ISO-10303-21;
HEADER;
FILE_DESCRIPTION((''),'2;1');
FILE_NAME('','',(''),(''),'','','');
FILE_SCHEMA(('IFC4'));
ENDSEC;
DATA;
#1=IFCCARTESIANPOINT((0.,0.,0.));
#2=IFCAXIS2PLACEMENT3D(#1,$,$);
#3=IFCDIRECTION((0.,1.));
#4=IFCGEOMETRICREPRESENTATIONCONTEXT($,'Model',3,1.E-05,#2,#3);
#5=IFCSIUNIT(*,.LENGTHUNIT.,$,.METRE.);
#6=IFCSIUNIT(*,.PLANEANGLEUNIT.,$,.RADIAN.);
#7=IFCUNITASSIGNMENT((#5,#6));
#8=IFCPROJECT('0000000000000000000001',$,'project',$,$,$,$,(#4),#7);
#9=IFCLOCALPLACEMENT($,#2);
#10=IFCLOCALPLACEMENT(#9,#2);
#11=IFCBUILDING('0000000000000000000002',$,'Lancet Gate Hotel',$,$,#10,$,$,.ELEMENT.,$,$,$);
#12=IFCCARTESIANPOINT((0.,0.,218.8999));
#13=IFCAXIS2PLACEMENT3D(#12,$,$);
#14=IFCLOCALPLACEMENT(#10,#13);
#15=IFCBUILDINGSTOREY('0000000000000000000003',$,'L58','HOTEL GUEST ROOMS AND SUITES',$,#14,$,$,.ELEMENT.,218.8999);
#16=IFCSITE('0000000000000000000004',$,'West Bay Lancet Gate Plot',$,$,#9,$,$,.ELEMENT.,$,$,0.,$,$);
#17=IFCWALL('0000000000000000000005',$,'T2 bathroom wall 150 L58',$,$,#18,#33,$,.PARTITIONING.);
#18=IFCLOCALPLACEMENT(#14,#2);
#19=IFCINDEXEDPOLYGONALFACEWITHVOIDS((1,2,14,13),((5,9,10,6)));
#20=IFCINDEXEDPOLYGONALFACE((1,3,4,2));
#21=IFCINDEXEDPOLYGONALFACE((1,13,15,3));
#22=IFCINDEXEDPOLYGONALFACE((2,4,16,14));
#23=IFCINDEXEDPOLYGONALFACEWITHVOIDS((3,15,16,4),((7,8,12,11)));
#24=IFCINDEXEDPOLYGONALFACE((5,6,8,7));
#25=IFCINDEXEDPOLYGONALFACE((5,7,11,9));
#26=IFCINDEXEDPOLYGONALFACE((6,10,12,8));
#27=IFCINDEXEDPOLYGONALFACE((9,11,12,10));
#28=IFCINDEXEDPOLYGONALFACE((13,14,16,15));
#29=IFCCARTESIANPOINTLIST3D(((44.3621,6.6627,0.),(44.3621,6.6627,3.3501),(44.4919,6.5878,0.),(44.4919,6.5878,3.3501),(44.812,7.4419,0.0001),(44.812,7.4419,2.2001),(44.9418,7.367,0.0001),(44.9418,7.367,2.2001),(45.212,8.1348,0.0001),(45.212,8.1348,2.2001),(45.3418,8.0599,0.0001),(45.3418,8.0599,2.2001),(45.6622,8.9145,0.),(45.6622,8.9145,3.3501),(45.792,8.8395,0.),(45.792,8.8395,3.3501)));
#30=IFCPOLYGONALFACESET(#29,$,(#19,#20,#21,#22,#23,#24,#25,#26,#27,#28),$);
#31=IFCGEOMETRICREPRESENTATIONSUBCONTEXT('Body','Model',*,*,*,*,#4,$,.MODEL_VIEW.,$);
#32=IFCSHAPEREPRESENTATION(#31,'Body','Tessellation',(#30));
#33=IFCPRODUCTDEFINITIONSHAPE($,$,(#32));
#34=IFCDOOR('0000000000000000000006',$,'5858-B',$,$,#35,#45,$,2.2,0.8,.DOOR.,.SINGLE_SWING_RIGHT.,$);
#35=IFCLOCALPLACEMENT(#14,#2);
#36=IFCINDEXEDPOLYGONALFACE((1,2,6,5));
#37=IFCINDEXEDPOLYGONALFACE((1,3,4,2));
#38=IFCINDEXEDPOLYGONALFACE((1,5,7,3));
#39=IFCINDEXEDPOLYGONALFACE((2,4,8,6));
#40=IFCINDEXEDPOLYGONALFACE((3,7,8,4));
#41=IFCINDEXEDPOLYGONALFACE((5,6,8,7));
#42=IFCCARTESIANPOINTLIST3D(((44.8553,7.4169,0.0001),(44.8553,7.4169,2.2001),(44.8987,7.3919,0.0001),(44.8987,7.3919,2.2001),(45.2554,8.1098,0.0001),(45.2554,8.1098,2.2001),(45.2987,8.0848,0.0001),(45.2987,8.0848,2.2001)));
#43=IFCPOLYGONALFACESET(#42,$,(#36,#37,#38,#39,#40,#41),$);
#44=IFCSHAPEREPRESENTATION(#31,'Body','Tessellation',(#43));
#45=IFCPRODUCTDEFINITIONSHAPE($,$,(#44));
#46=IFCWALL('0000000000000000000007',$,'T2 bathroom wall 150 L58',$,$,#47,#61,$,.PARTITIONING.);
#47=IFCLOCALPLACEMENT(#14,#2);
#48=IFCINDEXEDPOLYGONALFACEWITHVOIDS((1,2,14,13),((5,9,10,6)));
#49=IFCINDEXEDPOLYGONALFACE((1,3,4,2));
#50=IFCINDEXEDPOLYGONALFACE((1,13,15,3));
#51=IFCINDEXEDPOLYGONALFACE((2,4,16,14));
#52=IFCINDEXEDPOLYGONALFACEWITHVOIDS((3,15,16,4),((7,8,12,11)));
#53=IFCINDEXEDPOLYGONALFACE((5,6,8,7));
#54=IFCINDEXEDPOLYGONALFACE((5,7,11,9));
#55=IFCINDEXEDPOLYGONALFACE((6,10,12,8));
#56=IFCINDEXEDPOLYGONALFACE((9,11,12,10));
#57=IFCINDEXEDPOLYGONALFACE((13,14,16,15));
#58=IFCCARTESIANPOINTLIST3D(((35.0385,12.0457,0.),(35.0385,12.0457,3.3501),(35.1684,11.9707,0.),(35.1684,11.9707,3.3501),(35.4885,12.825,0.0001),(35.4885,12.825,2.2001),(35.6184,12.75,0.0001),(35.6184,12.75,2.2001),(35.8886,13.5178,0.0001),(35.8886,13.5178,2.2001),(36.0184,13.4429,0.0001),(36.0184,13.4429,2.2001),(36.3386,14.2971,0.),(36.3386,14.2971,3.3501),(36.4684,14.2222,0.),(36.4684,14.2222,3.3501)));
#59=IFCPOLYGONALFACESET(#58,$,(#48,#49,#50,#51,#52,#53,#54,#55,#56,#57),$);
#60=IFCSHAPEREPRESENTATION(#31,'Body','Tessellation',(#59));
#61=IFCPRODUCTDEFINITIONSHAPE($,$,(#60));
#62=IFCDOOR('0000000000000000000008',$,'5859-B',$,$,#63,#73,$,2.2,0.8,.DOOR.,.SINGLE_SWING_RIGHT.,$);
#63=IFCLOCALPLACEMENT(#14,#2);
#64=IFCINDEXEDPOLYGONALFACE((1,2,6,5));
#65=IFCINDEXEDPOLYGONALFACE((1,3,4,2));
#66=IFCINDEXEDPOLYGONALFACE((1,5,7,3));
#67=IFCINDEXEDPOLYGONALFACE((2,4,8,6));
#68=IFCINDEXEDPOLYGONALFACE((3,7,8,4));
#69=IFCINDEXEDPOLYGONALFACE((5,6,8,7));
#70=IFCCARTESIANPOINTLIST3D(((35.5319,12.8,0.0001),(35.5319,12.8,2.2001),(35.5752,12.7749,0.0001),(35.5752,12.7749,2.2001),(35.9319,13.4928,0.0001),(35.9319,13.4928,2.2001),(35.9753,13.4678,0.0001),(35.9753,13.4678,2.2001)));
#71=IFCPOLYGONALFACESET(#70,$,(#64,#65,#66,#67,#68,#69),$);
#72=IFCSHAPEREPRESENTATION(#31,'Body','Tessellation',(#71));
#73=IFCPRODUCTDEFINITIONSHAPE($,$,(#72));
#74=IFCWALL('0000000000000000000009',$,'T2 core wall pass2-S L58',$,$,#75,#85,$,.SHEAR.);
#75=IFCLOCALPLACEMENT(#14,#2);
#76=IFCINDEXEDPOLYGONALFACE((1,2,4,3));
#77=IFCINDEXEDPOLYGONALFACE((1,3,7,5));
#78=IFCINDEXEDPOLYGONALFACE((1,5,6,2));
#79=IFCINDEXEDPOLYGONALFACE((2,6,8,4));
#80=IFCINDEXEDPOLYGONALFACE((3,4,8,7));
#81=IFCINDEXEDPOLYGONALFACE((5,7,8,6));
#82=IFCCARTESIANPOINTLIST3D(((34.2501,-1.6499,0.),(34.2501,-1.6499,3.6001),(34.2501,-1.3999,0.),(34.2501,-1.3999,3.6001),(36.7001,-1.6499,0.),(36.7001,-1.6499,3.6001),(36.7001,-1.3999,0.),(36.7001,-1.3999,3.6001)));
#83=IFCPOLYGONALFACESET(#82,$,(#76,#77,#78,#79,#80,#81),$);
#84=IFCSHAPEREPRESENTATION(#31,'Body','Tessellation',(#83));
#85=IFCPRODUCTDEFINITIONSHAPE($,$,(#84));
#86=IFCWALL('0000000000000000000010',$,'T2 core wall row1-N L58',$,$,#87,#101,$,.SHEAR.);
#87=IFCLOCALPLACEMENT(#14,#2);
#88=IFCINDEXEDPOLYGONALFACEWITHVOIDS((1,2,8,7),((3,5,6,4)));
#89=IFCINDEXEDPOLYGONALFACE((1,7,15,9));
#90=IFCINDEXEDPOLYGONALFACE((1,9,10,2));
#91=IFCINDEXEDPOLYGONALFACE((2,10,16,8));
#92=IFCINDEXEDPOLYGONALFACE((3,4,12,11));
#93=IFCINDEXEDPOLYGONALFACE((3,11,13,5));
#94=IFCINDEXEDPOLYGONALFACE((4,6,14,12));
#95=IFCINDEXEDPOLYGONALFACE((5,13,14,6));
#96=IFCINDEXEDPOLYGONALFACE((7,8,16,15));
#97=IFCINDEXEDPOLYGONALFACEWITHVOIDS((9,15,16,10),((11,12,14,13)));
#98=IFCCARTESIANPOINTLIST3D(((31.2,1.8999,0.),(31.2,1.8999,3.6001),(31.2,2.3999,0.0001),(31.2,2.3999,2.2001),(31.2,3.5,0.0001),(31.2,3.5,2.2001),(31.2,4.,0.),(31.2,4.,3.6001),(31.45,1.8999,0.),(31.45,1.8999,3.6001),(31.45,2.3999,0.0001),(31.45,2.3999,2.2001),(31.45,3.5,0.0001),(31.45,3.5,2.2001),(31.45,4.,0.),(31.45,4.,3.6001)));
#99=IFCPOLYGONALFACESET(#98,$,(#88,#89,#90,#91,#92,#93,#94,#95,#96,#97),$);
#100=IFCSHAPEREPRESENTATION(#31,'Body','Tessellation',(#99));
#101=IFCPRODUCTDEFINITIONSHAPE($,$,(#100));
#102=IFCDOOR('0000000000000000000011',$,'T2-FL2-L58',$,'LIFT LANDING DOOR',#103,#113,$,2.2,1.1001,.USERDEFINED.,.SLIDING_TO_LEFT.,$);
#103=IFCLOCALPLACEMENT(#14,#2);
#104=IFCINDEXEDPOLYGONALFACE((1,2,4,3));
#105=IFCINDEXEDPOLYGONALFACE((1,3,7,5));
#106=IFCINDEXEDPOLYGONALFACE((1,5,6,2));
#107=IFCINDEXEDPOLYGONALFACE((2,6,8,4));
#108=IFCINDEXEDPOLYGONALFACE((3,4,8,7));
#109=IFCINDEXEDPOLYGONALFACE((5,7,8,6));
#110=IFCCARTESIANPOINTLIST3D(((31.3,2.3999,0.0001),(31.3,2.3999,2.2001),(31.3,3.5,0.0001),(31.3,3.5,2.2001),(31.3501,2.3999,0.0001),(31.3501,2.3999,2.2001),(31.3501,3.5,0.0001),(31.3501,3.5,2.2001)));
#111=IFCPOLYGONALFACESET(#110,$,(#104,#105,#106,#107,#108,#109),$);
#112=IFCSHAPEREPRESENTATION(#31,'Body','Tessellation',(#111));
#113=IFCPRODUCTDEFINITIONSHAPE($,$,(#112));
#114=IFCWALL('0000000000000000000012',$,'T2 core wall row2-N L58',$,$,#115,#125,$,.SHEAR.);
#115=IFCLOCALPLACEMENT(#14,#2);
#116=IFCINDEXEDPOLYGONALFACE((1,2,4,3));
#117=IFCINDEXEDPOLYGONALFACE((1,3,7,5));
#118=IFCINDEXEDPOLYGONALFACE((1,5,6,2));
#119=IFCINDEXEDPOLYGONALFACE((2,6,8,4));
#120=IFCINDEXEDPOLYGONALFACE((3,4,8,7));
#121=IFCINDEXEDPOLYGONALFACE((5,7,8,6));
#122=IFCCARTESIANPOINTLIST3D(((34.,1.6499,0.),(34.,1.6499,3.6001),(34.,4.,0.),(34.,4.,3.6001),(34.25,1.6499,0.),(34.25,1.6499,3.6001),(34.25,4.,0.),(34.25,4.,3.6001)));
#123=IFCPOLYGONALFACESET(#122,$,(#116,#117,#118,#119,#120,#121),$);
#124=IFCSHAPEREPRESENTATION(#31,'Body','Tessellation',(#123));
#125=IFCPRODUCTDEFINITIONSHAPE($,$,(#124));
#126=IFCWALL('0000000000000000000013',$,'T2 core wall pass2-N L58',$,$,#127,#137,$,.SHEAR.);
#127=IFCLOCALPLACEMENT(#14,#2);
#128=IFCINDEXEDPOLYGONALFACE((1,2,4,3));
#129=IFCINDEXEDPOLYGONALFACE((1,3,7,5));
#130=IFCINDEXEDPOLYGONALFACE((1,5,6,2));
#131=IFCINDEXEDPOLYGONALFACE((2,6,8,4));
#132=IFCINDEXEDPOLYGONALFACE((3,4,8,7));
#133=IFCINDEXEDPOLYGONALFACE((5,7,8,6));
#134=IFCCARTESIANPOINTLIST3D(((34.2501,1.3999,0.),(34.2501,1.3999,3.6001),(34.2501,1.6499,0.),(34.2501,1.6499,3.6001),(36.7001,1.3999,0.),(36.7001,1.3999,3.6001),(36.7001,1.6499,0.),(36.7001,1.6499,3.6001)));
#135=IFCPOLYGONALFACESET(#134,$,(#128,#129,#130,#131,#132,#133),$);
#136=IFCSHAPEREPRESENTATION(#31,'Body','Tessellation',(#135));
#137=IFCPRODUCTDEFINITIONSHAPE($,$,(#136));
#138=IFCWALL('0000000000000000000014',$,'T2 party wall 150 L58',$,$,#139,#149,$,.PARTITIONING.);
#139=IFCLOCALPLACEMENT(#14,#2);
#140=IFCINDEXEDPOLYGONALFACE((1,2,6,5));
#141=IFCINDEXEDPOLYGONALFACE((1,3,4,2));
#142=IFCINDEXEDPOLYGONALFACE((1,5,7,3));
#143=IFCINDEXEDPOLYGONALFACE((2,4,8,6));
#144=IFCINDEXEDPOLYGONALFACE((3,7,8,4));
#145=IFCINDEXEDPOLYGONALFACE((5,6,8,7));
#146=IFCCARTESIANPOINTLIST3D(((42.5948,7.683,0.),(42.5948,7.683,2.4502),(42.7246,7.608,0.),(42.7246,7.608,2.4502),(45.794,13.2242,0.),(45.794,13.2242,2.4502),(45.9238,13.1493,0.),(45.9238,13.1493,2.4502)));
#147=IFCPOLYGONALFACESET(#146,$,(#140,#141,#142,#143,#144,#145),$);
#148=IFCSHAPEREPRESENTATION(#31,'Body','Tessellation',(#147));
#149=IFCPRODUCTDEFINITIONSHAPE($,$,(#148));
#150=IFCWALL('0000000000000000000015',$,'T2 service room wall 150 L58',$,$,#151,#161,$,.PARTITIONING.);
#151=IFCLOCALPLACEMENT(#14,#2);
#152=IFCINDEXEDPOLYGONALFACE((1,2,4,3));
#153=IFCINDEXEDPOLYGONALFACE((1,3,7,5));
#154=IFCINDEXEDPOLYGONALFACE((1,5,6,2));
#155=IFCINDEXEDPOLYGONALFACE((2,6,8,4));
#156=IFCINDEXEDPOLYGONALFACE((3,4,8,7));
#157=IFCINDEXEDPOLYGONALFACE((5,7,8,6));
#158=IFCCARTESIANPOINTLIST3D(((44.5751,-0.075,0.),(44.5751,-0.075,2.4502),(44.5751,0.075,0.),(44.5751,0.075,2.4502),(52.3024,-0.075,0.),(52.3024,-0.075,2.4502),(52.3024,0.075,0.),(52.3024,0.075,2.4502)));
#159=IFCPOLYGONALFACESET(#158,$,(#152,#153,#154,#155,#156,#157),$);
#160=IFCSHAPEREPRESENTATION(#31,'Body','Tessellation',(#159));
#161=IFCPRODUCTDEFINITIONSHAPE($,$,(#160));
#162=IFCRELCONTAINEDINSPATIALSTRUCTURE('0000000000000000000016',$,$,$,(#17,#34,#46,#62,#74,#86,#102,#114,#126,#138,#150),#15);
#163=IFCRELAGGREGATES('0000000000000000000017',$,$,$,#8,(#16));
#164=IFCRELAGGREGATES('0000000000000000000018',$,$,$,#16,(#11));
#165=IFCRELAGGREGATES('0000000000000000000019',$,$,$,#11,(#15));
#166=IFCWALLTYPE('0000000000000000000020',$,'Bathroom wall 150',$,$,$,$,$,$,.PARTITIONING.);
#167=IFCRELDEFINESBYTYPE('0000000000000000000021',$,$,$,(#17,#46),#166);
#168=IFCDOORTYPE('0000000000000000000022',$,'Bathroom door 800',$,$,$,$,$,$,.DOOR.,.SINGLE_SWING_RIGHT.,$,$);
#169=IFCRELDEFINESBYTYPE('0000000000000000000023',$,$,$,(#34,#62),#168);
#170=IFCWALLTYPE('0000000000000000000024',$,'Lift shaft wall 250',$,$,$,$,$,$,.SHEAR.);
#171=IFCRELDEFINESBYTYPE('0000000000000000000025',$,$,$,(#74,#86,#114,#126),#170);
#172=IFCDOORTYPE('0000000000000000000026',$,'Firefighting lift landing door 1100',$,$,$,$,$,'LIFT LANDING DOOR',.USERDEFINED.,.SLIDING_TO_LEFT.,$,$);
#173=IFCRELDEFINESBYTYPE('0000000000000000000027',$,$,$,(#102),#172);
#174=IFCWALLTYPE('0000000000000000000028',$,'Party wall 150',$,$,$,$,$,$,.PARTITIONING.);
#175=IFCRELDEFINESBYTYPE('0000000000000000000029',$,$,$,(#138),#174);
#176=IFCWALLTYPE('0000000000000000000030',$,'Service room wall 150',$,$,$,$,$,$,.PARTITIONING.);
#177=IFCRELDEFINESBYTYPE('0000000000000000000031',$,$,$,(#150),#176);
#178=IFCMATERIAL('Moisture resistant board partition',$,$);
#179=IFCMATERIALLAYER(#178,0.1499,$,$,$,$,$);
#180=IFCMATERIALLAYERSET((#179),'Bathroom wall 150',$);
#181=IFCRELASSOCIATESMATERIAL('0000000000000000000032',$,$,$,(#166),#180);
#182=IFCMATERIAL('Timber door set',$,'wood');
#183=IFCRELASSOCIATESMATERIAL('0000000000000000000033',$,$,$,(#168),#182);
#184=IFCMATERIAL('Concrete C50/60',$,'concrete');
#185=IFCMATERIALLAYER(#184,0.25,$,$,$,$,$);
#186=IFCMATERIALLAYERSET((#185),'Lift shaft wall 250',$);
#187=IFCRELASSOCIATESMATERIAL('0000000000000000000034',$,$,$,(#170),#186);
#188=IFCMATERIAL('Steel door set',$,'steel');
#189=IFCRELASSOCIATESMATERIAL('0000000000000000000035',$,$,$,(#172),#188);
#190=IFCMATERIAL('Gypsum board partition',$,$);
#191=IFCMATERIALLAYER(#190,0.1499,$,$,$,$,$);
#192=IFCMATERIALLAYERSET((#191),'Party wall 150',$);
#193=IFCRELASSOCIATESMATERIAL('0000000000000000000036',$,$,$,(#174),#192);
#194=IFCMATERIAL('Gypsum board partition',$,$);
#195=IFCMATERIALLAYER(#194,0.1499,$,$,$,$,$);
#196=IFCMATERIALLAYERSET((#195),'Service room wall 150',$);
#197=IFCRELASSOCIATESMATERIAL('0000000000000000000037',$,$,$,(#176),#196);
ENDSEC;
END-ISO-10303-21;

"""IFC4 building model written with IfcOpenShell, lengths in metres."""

from ifc_helpers import new_model, si_unit, direction, frame, frame_2d, origin, place, context, subcontext, project, spatial, rectangle, extrude, material, layer, layer_set, type_object, element, fill, save


model = new_model("IFC4")

# Units and contexts
model_context = context("Model", 3, precision=1e-05, world=origin(), true_north=direction((0.0, 1.0)))
body_context = subcontext(model_context, "Body", "Model", "MODEL_VIEW")
ifc_project = project(units=[si_unit("LENGTHUNIT", "METRE"), si_unit("PLANEANGLEUNIT", "RADIAN")], contexts=[model_context])

# Site, building, storey
site_placement = place(None, origin())
site = spatial("IfcSite", under=ifc_project, at=site_placement, Name="West Bay Lancet Gate Plot", CompositionType="ELEMENT", RefElevation=0.0)
building_placement = place(site_placement, origin())
building = spatial("IfcBuilding", under=site, at=building_placement, Name="Lancet Gate Hotel", CompositionType="ELEMENT")
storey_placement = place(building_placement, frame((0.0, 0.0, 218.8999)))
storey = spatial("IfcBuildingStorey", under=building, at=storey_placement, Name="L58", Description="HOTEL GUEST ROOMS AND SUITES", CompositionType="ELEMENT", Elevation=218.8999)

# Shared definitions
ifc_material_1 = material(Name="Moisture resistant board partition")
ifc_layer_1 = layer(ifc_material_1, 0.1499)
ifc_layer_set_1 = layer_set([ifc_layer_1], Name="Bathroom wall 150")
wall_type_1 = type_object("IfcWallType", Name="Bathroom wall 150", PredefinedType="PARTITIONING", material=ifc_layer_set_1)

# Walls, openings, doors
wall_1_placement = place(storey_placement, frame((44.427, 6.6252, 0.0), z_axis=(0.0, 0.0, 1.0), x_axis=(0.500007, 0.866021, 0.0)))
wall_1 = element("IfcWall", 1, at=wall_1_placement, inside=storey, type_object=wall_type_1, Name="T2 bathroom wall 150 L58", PredefinedType="PARTITIONING", context=body_context, shape_type="SweptSolid", body=[
    extrude(rectangle(XDim=2.6001, YDim=0.1499, at=frame_2d((1.3, 0.0))), origin(), (0.0, 0.0, 1.0), 3.3501),
])
opening_1_placement = place(wall_1_placement, frame((0.8999, 0.0, 0.0)))
opening_1 = element("IfcOpeningElement", 2, at=opening_1_placement, cuts=wall_1, PredefinedType="OPENING", context=body_context, shape_type="SweptSolid", body=[
    extrude(rectangle(XDim=0.8, YDim=2.2, at=frame_2d((0.3999, 1.1001))), frame((0.0, 0.085, 0.0), z_axis=(0.0, -1.0, 0.0), x_axis=(1.0, 0.0, 0.0)), (0.0, 0.0, 1.0), 0.1699),
])
ifc_material_2 = material(Name="Timber door set", Category="wood")
door_type_1 = type_object("IfcDoorType", Name="Bathroom door 800", OperationType="SINGLE_SWING_RIGHT", PredefinedType="DOOR", material=ifc_material_2)
door_1_placement = place(opening_1_placement, origin())
door_1 = element("IfcDoor", 3, at=door_1_placement, inside=storey, type_object=door_type_1, Name="5858-B", OperationType="SINGLE_SWING_RIGHT", OverallHeight=2.2, OverallWidth=0.8, PredefinedType="DOOR", context=body_context, shape_type="SweptSolid", body=[
    extrude(rectangle(XDim=0.8, YDim=2.2, at=frame_2d((0.3999, 1.1001))), frame((0.0, 0.0249, 0.0), z_axis=(0.0, -1.0, 0.0), x_axis=(1.0, 0.0, 0.0)), (0.0, 0.0, 1.0), 0.05),
])
fill(opening_1, door_1)
wall_2_placement = place(storey_placement, frame((35.1035, 12.0083, 0.0), z_axis=(0.0, 0.0, 1.0), x_axis=(0.500048, 0.865998, 0.0)))
wall_2 = element("IfcWall", 4, at=wall_2_placement, inside=storey, type_object=wall_type_1, Name="T2 bathroom wall 150 L58", PredefinedType="PARTITIONING", context=body_context, shape_type="SweptSolid", body=[
    extrude(rectangle(XDim=2.5999, YDim=0.1499, at=frame_2d((1.2998, 0.0))), origin(), (0.0, 0.0, 1.0), 3.3501),
])
opening_2_placement = place(wall_2_placement, frame((0.8999, 0.0, 0.0)))
opening_2 = element("IfcOpeningElement", 5, at=opening_2_placement, cuts=wall_2, PredefinedType="OPENING", context=body_context, shape_type="SweptSolid", body=[
    extrude(rectangle(XDim=0.8, YDim=2.2, at=frame_2d((0.3999, 1.1001))), frame((0.0, 0.085, 0.0), z_axis=(0.0, -1.0, 0.0), x_axis=(1.0, 0.0, 0.0)), (0.0, 0.0, 1.0), 0.1699),
])
door_2_placement = place(opening_2_placement, origin())
door_2 = element("IfcDoor", 6, at=door_2_placement, inside=storey, type_object=door_type_1, Name="5859-B", OperationType="SINGLE_SWING_RIGHT", OverallHeight=2.2, OverallWidth=0.8, PredefinedType="DOOR", context=body_context, shape_type="SweptSolid", body=[
    extrude(rectangle(XDim=0.8, YDim=2.2, at=frame_2d((0.3999, 1.1001))), frame((0.0, 0.0249, 0.0), z_axis=(0.0, -1.0, 0.0), x_axis=(1.0, 0.0, 0.0)), (0.0, 0.0, 1.0), 0.05),
])
fill(opening_2, door_2)

# Wall
ifc_material_3 = material(Name="Concrete C50/60", Category="concrete")
ifc_layer_2 = layer(ifc_material_3, 0.25)
ifc_layer_set_2 = layer_set([ifc_layer_2], Name="Lift shaft wall 250")
wall_type_2 = type_object("IfcWallType", Name="Lift shaft wall 250", PredefinedType="SHEAR", material=ifc_layer_set_2)
wall_3_placement = place(storey_placement, frame((34.25, -1.5249, 0.0), z_axis=(0.0, 0.0, 1.0), x_axis=(1.0, 0.0, 0.0)))
element("IfcWall", 7, at=wall_3_placement, inside=storey, type_object=wall_type_2, Name="T2 core wall pass2-S L58", PredefinedType="SHEAR", context=body_context, shape_type="SweptSolid", body=[
    extrude(rectangle(XDim=2.45, YDim=0.25, at=frame_2d((1.2251, 0.0))), origin(), (0.0, 0.0, 1.0), 3.6001),
])

# Wall, opening, door
wall_4_placement = place(storey_placement, frame((31.325, 1.8999, 0.0), z_axis=(0.0, 0.0, 1.0), x_axis=(0.0, 1.0, 0.0)))
wall_4 = element("IfcWall", 8, at=wall_4_placement, inside=storey, type_object=wall_type_2, Name="T2 core wall row1-N L58", PredefinedType="SHEAR", context=body_context, shape_type="SweptSolid", body=[
    extrude(rectangle(XDim=2.1001, YDim=0.25, at=frame_2d((1.05, 0.0))), origin(), (0.0, 0.0, 1.0), 3.6001),
])
opening_3_placement = place(wall_4_placement, frame((0.5, 0.0, 0.0)))
opening_3 = element("IfcOpeningElement", 9, at=opening_3_placement, cuts=wall_4, PredefinedType="OPENING", context=body_context, shape_type="SweptSolid", body=[
    extrude(rectangle(XDim=1.1001, YDim=2.2, at=frame_2d((0.55, 1.1001))), frame((0.0, 0.135, 0.0), z_axis=(0.0, -1.0, 0.0), x_axis=(1.0, 0.0, 0.0)), (0.0, 0.0, 1.0), 0.27),
])
ifc_material_4 = material(Name="Steel door set", Category="steel")
door_type_2 = type_object("IfcDoorType", Name="Firefighting lift landing door 1100", ElementType="LIFT LANDING DOOR", OperationType="SLIDING_TO_LEFT", PredefinedType="USERDEFINED", material=ifc_material_4)
door_3_placement = place(opening_3_placement, origin())
door_3 = element("IfcDoor", 10, at=door_3_placement, inside=storey, type_object=door_type_2, Name="T2-FL2-L58", ObjectType="LIFT LANDING DOOR", OperationType="SLIDING_TO_LEFT", OverallHeight=2.2, OverallWidth=1.1001, PredefinedType="USERDEFINED", context=body_context, shape_type="SweptSolid", body=[
    extrude(rectangle(XDim=1.1001, YDim=2.2, at=frame_2d((0.55, 1.1001))), frame((0.0, 0.0249, 0.0), z_axis=(0.0, -1.0, 0.0), x_axis=(1.0, 0.0, 0.0)), (0.0, 0.0, 1.0), 0.05),
])
fill(opening_3, door_3)

# Walls
wall_5_placement = place(storey_placement, frame((34.125, 1.6499, 0.0), z_axis=(0.0, 0.0, 1.0), x_axis=(0.0, 1.0, 0.0)))
element("IfcWall", 11, at=wall_5_placement, inside=storey, type_object=wall_type_2, Name="T2 core wall row2-N L58", PredefinedType="SHEAR", context=body_context, shape_type="SweptSolid", body=[
    extrude(rectangle(XDim=2.3501, YDim=0.25, at=frame_2d((1.175, 0.0))), origin(), (0.0, 0.0, 1.0), 3.6001),
])
wall_6_placement = place(storey_placement, frame((34.25, 1.5249, 0.0), z_axis=(0.0, 0.0, 1.0), x_axis=(1.0, 0.0, 0.0)))
element("IfcWall", 12, at=wall_6_placement, inside=storey, type_object=wall_type_2, Name="T2 core wall pass2-N L58", PredefinedType="SHEAR", context=body_context, shape_type="SweptSolid", body=[
    extrude(rectangle(XDim=2.45, YDim=0.25, at=frame_2d((1.2251, 0.0))), origin(), (0.0, 0.0, 1.0), 3.6001),
])
ifc_material_5 = material(Name="Gypsum board partition")
ifc_layer_3 = layer(ifc_material_5, 0.1499)
ifc_layer_set_3 = layer_set([ifc_layer_3], Name="Party wall 150")
wall_type_3 = type_object("IfcWallType", Name="Party wall 150", PredefinedType="PARTITIONING", material=ifc_layer_set_3)
wall_7_placement = place(storey_placement, frame((42.6597, 7.6455, 0.0), z_axis=(0.0, 0.0, 1.0), x_axis=(0.499997, 0.866027, 0.0)))
element("IfcWall", 13, at=wall_7_placement, inside=storey, type_object=wall_type_3, Name="T2 party wall 150 L58", PredefinedType="PARTITIONING", context=body_context, shape_type="SweptSolid", body=[
    extrude(rectangle(XDim=6.3984, YDim=0.1499, at=frame_2d((3.1992, 0.0))), origin(), (0.0, 0.0, 1.0), 2.4502),
])
ifc_material_6 = material(Name="Gypsum board partition")
ifc_layer_4 = layer(ifc_material_6, 0.1499)
ifc_layer_set_4 = layer_set([ifc_layer_4], Name="Service room wall 150")
wall_type_4 = type_object("IfcWallType", Name="Service room wall 150", PredefinedType="PARTITIONING", material=ifc_layer_set_4)
wall_8_placement = place(storey_placement, frame((44.575, 0.0, 0.0), z_axis=(0.0, 0.0, 1.0), x_axis=(1.0, 0.0, 0.0)))
element("IfcWall", 14, at=wall_8_placement, inside=storey, type_object=wall_type_4, Name="T2 service room wall 150 L58", PredefinedType="PARTITIONING", context=body_context, shape_type="SweptSolid", body=[
    extrude(rectangle(XDim=7.7273, YDim=0.1499, at=frame_2d((3.8638, 0.0))), origin(), (0.0, 0.0, 1.0), 2.4502),
])

save(model, "model.ifc")
